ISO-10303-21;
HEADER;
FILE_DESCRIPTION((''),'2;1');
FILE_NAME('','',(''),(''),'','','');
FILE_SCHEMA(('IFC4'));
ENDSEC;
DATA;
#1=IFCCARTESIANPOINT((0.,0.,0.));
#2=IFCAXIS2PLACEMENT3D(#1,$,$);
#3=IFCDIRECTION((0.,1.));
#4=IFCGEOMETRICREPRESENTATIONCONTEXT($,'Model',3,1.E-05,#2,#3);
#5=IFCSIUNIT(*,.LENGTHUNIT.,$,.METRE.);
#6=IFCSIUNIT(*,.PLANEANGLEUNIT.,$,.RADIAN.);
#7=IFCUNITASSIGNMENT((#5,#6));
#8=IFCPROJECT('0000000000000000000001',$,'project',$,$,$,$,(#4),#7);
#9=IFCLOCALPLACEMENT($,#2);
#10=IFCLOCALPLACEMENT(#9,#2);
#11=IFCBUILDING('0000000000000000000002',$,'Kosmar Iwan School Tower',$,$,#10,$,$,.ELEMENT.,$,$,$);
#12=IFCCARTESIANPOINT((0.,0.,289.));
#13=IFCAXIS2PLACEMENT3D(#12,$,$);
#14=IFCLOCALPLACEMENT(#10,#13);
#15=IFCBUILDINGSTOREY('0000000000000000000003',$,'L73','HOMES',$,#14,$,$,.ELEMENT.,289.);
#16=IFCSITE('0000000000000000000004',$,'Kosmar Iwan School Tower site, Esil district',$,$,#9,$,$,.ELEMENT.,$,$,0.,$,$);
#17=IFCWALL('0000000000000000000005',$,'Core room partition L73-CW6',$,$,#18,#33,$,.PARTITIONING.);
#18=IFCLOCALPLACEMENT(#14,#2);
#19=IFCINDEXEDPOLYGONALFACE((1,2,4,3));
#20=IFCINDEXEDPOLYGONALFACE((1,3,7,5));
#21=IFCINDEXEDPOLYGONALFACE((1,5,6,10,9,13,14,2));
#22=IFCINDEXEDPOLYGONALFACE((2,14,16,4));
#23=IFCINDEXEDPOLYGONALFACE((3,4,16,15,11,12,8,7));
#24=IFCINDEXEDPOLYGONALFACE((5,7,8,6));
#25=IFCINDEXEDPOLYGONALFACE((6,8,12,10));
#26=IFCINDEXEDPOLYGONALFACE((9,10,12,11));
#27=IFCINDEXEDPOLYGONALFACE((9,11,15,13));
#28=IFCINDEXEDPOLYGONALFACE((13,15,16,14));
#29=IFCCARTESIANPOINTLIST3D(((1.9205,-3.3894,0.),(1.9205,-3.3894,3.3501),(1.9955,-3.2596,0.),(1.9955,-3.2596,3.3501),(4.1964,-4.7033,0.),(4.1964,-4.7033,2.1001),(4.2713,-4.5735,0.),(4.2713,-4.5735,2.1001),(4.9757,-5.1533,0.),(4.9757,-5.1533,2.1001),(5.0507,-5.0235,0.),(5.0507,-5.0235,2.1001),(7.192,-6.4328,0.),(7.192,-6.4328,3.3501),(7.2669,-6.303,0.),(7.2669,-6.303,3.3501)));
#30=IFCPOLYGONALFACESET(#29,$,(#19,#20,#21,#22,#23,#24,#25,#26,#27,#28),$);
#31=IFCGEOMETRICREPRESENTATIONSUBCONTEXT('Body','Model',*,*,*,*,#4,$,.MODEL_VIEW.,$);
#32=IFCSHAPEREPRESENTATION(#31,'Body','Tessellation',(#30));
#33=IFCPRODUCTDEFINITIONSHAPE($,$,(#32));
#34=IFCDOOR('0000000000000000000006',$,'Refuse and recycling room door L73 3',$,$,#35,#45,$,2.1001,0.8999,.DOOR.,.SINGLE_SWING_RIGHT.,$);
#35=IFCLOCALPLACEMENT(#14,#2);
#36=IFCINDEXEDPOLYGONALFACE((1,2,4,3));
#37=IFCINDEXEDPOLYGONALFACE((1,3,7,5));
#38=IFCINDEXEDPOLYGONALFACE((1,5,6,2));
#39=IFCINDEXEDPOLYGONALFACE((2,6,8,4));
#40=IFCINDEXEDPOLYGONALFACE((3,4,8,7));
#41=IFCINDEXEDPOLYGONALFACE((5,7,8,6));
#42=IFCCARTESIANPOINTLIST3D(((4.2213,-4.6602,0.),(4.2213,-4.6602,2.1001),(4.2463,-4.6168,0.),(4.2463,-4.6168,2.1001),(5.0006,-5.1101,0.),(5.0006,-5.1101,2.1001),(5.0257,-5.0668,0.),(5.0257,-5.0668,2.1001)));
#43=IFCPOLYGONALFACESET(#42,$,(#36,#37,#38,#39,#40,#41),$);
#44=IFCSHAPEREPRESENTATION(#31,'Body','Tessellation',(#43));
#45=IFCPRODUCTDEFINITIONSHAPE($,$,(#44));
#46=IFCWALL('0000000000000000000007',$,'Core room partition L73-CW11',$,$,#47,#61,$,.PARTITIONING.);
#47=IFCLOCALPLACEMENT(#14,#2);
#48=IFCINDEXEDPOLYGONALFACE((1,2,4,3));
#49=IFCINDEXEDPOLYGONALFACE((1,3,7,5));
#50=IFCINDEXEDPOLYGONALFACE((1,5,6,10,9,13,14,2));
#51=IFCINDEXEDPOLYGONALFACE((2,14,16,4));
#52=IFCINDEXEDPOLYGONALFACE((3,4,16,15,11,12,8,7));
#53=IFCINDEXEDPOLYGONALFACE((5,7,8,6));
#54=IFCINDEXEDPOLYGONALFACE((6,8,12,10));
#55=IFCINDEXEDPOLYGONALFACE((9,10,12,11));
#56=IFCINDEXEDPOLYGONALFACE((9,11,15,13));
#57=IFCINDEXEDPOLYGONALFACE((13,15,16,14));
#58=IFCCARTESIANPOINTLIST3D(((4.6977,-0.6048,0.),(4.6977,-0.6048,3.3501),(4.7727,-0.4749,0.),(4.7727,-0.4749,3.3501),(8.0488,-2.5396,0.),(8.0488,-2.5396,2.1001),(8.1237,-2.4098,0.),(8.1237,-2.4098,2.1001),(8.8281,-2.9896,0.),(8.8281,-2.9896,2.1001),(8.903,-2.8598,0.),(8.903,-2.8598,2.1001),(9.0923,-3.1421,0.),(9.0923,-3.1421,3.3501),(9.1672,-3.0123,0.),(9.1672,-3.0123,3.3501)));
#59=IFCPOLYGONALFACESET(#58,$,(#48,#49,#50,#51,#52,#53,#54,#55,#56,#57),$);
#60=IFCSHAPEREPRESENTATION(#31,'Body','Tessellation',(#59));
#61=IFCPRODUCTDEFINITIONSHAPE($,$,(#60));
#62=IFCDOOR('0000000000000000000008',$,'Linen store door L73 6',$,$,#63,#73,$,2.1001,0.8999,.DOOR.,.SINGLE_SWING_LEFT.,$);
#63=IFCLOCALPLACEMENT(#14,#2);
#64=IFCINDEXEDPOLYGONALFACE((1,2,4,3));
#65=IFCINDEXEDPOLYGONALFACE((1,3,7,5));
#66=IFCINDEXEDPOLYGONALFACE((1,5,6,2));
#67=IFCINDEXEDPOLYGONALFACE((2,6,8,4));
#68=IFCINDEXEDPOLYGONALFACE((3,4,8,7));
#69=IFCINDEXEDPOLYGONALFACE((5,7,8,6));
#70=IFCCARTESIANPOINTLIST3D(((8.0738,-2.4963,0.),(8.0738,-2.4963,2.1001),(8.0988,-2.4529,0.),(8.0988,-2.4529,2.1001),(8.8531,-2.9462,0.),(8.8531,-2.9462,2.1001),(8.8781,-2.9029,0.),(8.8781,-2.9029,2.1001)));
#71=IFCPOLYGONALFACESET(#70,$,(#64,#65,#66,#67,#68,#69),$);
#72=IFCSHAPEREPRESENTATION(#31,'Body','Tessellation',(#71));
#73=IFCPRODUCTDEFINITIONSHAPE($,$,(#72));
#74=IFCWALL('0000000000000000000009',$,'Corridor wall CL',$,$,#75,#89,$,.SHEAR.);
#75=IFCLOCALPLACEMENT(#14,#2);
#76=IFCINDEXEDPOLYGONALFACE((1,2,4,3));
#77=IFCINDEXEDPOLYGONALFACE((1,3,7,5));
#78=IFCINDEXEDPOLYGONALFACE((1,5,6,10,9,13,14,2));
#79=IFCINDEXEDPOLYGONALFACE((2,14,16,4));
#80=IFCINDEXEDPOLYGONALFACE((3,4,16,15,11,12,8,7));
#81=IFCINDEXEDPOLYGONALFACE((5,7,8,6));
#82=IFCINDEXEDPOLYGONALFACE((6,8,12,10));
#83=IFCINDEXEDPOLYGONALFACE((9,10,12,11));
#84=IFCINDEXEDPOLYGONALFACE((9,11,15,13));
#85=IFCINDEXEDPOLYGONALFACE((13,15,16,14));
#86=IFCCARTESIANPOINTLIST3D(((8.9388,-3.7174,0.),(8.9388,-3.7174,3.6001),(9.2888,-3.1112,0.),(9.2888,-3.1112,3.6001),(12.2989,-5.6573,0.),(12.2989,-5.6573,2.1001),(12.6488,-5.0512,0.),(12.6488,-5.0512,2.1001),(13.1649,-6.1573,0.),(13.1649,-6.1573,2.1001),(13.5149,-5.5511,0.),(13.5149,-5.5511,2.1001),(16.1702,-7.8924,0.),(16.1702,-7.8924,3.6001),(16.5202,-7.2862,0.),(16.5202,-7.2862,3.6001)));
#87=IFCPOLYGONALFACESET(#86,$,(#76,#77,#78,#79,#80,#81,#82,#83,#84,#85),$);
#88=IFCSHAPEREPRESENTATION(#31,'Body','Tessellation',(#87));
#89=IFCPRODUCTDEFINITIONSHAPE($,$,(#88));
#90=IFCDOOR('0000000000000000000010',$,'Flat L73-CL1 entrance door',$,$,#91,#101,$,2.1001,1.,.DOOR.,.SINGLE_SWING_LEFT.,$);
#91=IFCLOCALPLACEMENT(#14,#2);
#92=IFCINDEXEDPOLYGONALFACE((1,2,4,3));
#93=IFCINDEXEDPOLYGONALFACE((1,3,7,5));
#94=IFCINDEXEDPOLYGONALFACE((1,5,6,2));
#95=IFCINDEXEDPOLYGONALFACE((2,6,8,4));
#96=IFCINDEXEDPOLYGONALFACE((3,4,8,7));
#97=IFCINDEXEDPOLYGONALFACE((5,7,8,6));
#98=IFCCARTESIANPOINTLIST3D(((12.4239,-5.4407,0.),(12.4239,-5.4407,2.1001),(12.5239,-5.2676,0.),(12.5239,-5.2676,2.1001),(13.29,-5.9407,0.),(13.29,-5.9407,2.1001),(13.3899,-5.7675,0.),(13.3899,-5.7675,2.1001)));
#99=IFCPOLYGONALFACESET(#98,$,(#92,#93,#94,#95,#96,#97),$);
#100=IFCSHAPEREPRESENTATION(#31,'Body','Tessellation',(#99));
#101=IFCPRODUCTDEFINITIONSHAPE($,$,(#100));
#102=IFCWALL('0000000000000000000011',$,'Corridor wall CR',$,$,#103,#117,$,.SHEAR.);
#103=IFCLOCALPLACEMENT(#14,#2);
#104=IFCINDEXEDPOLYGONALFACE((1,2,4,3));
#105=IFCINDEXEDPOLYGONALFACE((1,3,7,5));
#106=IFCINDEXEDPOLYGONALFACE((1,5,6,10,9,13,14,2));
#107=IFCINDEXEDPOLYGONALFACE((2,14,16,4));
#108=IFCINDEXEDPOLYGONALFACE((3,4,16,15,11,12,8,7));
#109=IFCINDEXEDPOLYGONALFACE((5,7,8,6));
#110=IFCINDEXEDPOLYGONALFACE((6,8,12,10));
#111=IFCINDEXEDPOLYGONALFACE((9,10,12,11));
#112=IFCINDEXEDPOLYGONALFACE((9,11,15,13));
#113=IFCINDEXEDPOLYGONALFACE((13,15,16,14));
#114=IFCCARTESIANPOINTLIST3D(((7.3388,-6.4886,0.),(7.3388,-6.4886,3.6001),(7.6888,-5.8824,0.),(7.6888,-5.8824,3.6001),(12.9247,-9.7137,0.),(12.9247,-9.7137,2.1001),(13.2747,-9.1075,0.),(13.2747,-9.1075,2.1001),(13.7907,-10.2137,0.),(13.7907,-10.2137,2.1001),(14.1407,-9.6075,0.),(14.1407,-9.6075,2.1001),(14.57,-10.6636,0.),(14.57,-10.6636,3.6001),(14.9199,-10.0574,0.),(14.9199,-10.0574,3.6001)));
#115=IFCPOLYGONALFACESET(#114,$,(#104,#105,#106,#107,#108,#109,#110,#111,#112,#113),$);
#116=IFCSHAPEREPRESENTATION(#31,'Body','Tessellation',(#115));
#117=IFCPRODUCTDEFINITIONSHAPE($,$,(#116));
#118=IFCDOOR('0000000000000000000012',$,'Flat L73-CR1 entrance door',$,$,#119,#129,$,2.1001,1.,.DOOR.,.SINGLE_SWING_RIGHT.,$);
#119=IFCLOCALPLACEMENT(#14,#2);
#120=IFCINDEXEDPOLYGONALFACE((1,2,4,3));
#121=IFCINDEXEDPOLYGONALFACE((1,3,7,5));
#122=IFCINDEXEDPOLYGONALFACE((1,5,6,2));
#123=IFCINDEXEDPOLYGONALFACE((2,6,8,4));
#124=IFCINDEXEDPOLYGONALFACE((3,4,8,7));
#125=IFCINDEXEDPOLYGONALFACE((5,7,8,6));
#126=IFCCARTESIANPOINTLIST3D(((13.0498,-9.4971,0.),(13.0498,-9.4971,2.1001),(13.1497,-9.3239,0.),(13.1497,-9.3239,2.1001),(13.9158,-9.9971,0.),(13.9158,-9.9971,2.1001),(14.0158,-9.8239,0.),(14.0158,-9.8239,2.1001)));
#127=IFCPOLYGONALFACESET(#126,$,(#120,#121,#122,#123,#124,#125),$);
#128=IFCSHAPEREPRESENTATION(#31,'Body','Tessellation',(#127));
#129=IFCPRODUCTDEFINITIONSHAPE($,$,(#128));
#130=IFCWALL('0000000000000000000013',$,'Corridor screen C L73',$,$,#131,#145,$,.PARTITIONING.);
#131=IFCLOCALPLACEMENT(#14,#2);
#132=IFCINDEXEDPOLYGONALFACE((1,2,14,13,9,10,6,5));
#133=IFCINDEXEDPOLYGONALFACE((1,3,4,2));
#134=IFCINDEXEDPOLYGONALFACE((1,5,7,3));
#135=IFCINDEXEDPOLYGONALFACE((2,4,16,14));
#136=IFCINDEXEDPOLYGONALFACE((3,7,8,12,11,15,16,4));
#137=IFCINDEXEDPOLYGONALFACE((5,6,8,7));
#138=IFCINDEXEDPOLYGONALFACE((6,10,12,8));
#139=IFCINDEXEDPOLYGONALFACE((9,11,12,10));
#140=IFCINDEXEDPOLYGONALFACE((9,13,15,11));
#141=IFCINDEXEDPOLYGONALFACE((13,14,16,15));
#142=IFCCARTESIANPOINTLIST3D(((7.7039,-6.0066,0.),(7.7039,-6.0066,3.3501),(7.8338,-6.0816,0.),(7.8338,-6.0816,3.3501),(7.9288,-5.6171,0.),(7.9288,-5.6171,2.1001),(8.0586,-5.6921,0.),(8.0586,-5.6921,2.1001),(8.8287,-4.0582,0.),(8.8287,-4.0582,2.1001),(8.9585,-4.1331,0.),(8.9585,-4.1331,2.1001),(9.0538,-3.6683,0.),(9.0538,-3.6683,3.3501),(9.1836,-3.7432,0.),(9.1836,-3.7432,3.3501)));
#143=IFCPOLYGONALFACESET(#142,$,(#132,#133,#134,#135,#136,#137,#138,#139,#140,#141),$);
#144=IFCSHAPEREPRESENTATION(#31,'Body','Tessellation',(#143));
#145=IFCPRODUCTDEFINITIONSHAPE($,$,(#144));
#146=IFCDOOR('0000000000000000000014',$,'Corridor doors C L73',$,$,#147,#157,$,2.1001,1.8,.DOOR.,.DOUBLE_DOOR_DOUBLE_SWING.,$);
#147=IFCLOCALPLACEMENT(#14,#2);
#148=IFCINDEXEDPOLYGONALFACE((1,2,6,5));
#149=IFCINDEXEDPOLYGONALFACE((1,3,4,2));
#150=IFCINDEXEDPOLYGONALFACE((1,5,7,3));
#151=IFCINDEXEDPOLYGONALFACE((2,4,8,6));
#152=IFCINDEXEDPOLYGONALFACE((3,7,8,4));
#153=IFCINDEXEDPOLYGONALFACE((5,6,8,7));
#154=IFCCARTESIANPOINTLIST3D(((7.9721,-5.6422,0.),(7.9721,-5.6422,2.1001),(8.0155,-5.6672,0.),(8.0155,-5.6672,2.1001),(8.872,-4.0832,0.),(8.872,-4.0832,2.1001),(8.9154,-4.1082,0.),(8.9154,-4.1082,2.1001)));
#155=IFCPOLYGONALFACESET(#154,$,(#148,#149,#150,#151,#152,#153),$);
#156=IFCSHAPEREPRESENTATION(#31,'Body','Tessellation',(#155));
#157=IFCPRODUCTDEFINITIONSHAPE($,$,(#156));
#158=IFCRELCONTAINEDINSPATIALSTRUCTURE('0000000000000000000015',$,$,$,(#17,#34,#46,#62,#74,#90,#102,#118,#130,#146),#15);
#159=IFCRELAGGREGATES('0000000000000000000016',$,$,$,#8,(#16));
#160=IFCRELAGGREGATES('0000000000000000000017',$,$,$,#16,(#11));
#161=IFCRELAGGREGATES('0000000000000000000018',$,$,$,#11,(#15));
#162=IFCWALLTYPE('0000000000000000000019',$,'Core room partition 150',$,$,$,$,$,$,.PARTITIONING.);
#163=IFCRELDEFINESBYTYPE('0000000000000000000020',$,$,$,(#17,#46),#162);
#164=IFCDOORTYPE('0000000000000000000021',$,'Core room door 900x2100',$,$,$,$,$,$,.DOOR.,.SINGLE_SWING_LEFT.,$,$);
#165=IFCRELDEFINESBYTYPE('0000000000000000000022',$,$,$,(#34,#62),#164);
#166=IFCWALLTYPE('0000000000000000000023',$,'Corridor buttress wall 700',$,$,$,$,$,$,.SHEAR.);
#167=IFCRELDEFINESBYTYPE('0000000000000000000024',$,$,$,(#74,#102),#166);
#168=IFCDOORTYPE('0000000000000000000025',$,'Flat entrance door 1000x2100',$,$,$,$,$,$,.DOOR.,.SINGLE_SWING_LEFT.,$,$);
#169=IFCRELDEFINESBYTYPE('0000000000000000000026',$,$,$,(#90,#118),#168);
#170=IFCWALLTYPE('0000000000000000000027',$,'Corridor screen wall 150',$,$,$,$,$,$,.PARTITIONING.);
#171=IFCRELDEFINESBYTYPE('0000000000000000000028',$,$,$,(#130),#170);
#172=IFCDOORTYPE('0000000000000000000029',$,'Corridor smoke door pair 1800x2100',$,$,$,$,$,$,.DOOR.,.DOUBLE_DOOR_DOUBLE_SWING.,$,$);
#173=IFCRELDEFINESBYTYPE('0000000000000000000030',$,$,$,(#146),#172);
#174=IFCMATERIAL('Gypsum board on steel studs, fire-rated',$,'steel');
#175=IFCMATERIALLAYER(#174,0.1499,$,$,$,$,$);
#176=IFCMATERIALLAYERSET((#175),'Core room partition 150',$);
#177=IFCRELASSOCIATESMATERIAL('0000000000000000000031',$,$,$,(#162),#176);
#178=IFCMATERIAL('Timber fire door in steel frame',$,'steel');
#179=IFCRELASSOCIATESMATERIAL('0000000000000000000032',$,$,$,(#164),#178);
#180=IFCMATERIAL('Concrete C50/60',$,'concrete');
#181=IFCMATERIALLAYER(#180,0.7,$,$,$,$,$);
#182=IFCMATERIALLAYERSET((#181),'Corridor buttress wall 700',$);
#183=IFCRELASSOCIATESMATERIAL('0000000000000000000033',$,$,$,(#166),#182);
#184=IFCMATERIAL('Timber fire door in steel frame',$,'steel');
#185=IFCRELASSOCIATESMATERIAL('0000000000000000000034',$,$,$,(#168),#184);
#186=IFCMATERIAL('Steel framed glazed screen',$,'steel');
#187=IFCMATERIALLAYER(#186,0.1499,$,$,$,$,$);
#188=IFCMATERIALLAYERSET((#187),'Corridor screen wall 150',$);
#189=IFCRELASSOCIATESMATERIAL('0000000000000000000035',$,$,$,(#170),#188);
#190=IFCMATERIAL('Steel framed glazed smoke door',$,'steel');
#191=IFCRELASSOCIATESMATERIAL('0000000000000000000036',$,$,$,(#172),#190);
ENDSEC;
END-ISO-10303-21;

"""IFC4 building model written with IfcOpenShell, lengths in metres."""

from ifc_helpers import new_model, si_unit, direction, frame, frame_2d, origin, place, context, subcontext, project, spatial, rectangle, extrude, material, layer, layer_set, type_object, element, fill, save


model = new_model("IFC4")

# Units and contexts
model_context = context("Model", 3, precision=1e-05, world=origin(), true_north=direction((0.0, 1.0)))
body_context = subcontext(model_context, "Body", "Model", "MODEL_VIEW")
ifc_project = project(units=[si_unit("LENGTHUNIT", "METRE"), si_unit("PLANEANGLEUNIT", "RADIAN")], contexts=[model_context])

# Site, building, storey
site_placement = place(None, origin())
site = spatial("IfcSite", under=ifc_project, at=site_placement, Name="Kosmar Iwan School Tower site, Esil district", CompositionType="ELEMENT", RefElevation=0.0)
building_placement = place(site_placement, origin())
building = spatial("IfcBuilding", under=site, at=building_placement, Name="Kosmar Iwan School Tower", CompositionType="ELEMENT")
storey_placement = place(building_placement, frame((0.0, 0.0, 289.0)))
storey = spatial("IfcBuildingStorey", under=building, at=storey_placement, Name="L73", Description="HOMES", CompositionType="ELEMENT", Elevation=289.0)

# Walls, openings, doors
ifc_material_1 = material(Name="Gypsum board on steel studs, fire-rated", Category="steel")
ifc_layer_1 = layer(ifc_material_1, 0.1499)
ifc_layer_set_1 = layer_set([ifc_layer_1], Name="Core room partition 150")
wall_type_1 = type_object("IfcWallType", Name="Core room partition 150", PredefinedType="PARTITIONING", material=ifc_layer_set_1)
wall_1_placement = place(storey_placement, frame((1.958, -3.3245, 0.0), z_axis=(0.0, 0.0, 1.0), x_axis=(0.866028, -0.499996, 0.0)))
wall_1 = element("IfcWall", 1, at=wall_1_placement, inside=storey, type_object=wall_type_1, Name="Core room partition L73-CW6", PredefinedType="PARTITIONING", context=body_context, shape_type="SweptSolid", body=[
    extrude(rectangle(XDim=6.0869, YDim=0.1499, at=frame_2d((3.0435, 0.0))), origin(), (0.0, 0.0, 1.0), 3.3501),
])
opening_1_placement = place(wall_1_placement, frame((2.6279, 0.0, 0.0)))
opening_1 = element("IfcOpeningElement", 2, at=opening_1_placement, cuts=wall_1, PredefinedType="OPENING", context=body_context, shape_type="SweptSolid", body=[
    extrude(rectangle(XDim=0.8999, YDim=2.1001, at=frame_2d((0.45, 1.05))), frame((0.0, 0.0869, 0.0), z_axis=(0.0, -1.0, 0.0), x_axis=(1.0, 0.0, 0.0)), (0.0, 0.0, 1.0), 0.1738),
])
ifc_material_2 = material(Name="Timber fire door in steel frame", Category="steel")
door_type_1 = type_object("IfcDoorType", Name="Core room door 900x2100", OperationType="SINGLE_SWING_LEFT", PredefinedType="DOOR", material=ifc_material_2)
door_1_placement = place(opening_1_placement, origin())
door_1 = element("IfcDoor", 3, at=door_1_placement, inside=storey, type_object=door_type_1, Name="Refuse and recycling room door L73 3", OperationType="SINGLE_SWING_RIGHT", OverallHeight=2.1001, OverallWidth=0.8999, PredefinedType="DOOR", context=body_context, shape_type="SweptSolid", body=[
    extrude(rectangle(XDim=0.8999, YDim=2.1001, at=frame_2d((0.45, 1.05))), frame((0.0, 0.0249, 0.0), z_axis=(0.0, -1.0, 0.0), x_axis=(1.0, 0.0, 0.0)), (0.0, 0.0, 1.0), 0.05),
])
fill(opening_1, door_1)
wall_2_placement = place(storey_placement, frame((9.1296, -3.0771, 0.0), z_axis=(0.0, 0.0, 1.0), x_axis=(-0.866011, 0.500025, 0.0)))
wall_2 = element("IfcWall", 4, at=wall_2_placement, inside=storey, type_object=wall_type_1, Name="Core room partition L73-CW11", PredefinedType="PARTITIONING", context=body_context, shape_type="SweptSolid", body=[
    extrude(rectangle(XDim=5.0745, YDim=0.1499, at=frame_2d((2.5371, 0.0))), origin(), (0.0, 0.0, 1.0), 3.3501),
])
opening_2_placement = place(wall_2_placement, frame((0.3049, 0.0, 0.0)))
opening_2 = element("IfcOpeningElement", 5, at=opening_2_placement, cuts=wall_2, PredefinedType="OPENING", context=body_context, shape_type="SweptSolid", body=[
    extrude(rectangle(XDim=0.8999, YDim=2.1001, at=frame_2d((0.45, 1.05))), frame((0.0, 0.0869, 0.0), z_axis=(0.0, -1.0, 0.0), x_axis=(1.0, 0.0, 0.0)), (0.0, 0.0, 1.0), 0.1738),
])
door_2_placement = place(opening_2_placement, origin())
door_2 = element("IfcDoor", 6, at=door_2_placement, inside=storey, type_object=door_type_1, Name="Linen store door L73 6", OperationType="SINGLE_SWING_LEFT", OverallHeight=2.1001, OverallWidth=0.8999, PredefinedType="DOOR", context=body_context, shape_type="SweptSolid", body=[
    extrude(rectangle(XDim=0.8999, YDim=2.1001, at=frame_2d((0.45, 1.05))), frame((0.0, 0.0249, 0.0), z_axis=(0.0, -1.0, 0.0), x_axis=(1.0, 0.0, 0.0)), (0.0, 0.0, 1.0), 0.05),
])
fill(opening_2, door_2)
ifc_material_3 = material(Name="Concrete C50/60", Category="concrete")
ifc_layer_2 = layer(ifc_material_3, 0.7)
ifc_layer_set_2 = layer_set([ifc_layer_2], Name="Corridor buttress wall 700")
wall_type_2 = type_object("IfcWallType", Name="Corridor buttress wall 700", PredefinedType="SHEAR", material=ifc_layer_set_2)
wall_3_placement = place(storey_placement, frame((9.1138, -3.4143, 0.0), z_axis=(0.0, 0.0, 1.0), x_axis=(0.866027, -0.499997, 0.0)))
wall_3 = element("IfcWall", 7, at=wall_3_placement, inside=storey, type_object=wall_type_2, Name="Corridor wall CL", PredefinedType="SHEAR", context=body_context, shape_type="SweptSolid", body=[
    extrude(rectangle(XDim=8.3501, YDim=0.7, at=frame_2d((4.175, 0.0))), origin(), (0.0, 0.0, 1.0), 3.6001),
])
opening_3_placement = place(wall_3_placement, frame((3.8799, 0.0, 0.0)))
opening_3 = element("IfcOpeningElement", 8, at=opening_3_placement, cuts=wall_3, PredefinedType="OPENING", context=body_context, shape_type="SweptSolid", body=[
    extrude(rectangle(XDim=1.0, YDim=2.1001, at=frame_2d((0.5, 1.05))), frame((0.0, 0.3621, 0.0), z_axis=(0.0, -1.0, 0.0), x_axis=(1.0, 0.0, 0.0)), (0.0, 0.0, 1.0), 0.7239),
])
ifc_material_4 = material(Name="Timber fire door in steel frame", Category="steel")
door_type_2 = type_object("IfcDoorType", Name="Flat entrance door 1000x2100", OperationType="SINGLE_SWING_LEFT", PredefinedType="DOOR", material=ifc_material_4)
door_3_placement = place(opening_3_placement, origin())
door_3 = element("IfcDoor", 9, at=door_3_placement, inside=storey, type_object=door_type_2, Name="Flat L73-CL1 entrance door", OperationType="SINGLE_SWING_LEFT", OverallHeight=2.1001, OverallWidth=1.0, PredefinedType="DOOR", context=body_context, shape_type="SweptSolid", body=[
    extrude(rectangle(XDim=1.0, YDim=2.1001, at=frame_2d((0.5, 1.05))), frame((0.0, 0.1001, 0.0), z_axis=(0.0, -1.0, 0.0), x_axis=(1.0, 0.0, 0.0)), (0.0, 0.0, 1.0), 0.2),
])
fill(opening_3, door_3)
wall_4_placement = place(storey_placement, frame((7.5139, -6.1855, 0.0), z_axis=(0.0, 0.0, 1.0), x_axis=(0.86602, -0.50001, 0.0)))
wall_4 = element("IfcWall", 10, at=wall_4_placement, inside=storey, type_object=wall_type_2, Name="Corridor wall CR", PredefinedType="SHEAR", context=body_context, shape_type="SweptSolid", body=[
    extrude(rectangle(XDim=8.3499, YDim=0.7, at=frame_2d((4.1748, 0.0))), origin(), (0.0, 0.0, 1.0), 3.6001),
])
opening_4_placement = place(wall_4_placement, frame((6.45, 0.0, 0.0)))
opening_4 = element("IfcOpeningElement", 11, at=opening_4_placement, cuts=wall_4, PredefinedType="OPENING", context=body_context, shape_type="SweptSolid", body=[
    extrude(rectangle(XDim=1.0, YDim=2.1001, at=frame_2d((0.5, 1.05))), frame((0.0, 0.3621, 0.0), z_axis=(0.0, -1.0, 0.0), x_axis=(1.0, 0.0, 0.0)), (0.0, 0.0, 1.0), 0.7239),
])
door_4_placement = place(opening_4_placement, origin())
door_4 = element("IfcDoor", 12, at=door_4_placement, inside=storey, type_object=door_type_2, Name="Flat L73-CR1 entrance door", OperationType="SINGLE_SWING_RIGHT", OverallHeight=2.1001, OverallWidth=1.0, PredefinedType="DOOR", context=body_context, shape_type="SweptSolid", body=[
    extrude(rectangle(XDim=1.0, YDim=2.1001, at=frame_2d((0.5, 1.05))), frame((0.0, 0.1001, 0.0), z_axis=(0.0, -1.0, 0.0), x_axis=(1.0, 0.0, 0.0)), (0.0, 0.0, 1.0), 0.2),
])
fill(opening_4, door_4)
ifc_material_5 = material(Name="Steel framed glazed screen", Category="steel")
ifc_layer_3 = layer(ifc_material_5, 0.1499)
ifc_layer_set_3 = layer_set([ifc_layer_3], Name="Corridor screen wall 150")
wall_type_3 = type_object("IfcWallType", Name="Corridor screen wall 150", PredefinedType="PARTITIONING", material=ifc_layer_set_3)
wall_5_placement = place(storey_placement, frame((7.7688, -6.0442, 0.0), z_axis=(0.0, 0.0, 1.0), x_axis=(0.499942, 0.866059, 0.0)))
wall_5 = element("IfcWall", 13, at=wall_5_placement, inside=storey, type_object=wall_type_3, Name="Corridor screen C L73", PredefinedType="PARTITIONING", context=body_context, shape_type="SweptSolid", body=[
    extrude(rectangle(XDim=2.7, YDim=0.1499, at=frame_2d((1.3501, 0.0))), origin(), (0.0, 0.0, 1.0), 3.3501),
])
opening_5_placement = place(wall_5_placement, frame((0.45, 0.0, 0.0)))
opening_5 = element("IfcOpeningElement", 14, at=opening_5_placement, cuts=wall_5, PredefinedType="OPENING", context=body_context, shape_type="SweptSolid", body=[
    extrude(rectangle(XDim=1.8, YDim=2.1001, at=frame_2d((0.8999, 1.05))), frame((0.0, 0.0869, 0.0), z_axis=(0.0, -1.0, 0.0), x_axis=(1.0, 0.0, 0.0)), (0.0, 0.0, 1.0), 0.1738),
])
ifc_material_6 = material(Name="Steel framed glazed smoke door", Category="steel")
door_type_3 = type_object("IfcDoorType", Name="Corridor smoke door pair 1800x2100", OperationType="DOUBLE_DOOR_DOUBLE_SWING", PredefinedType="DOOR", material=ifc_material_6)
door_5_placement = place(opening_5_placement, origin())
door_5 = element("IfcDoor", 15, at=door_5_placement, inside=storey, type_object=door_type_3, Name="Corridor doors C L73", OperationType="DOUBLE_DOOR_DOUBLE_SWING", OverallHeight=2.1001, OverallWidth=1.8, PredefinedType="DOOR", context=body_context, shape_type="SweptSolid", body=[
    extrude(rectangle(XDim=1.8, YDim=2.1001, at=frame_2d((0.8999, 1.05))), frame((0.0, 0.0249, 0.0), z_axis=(0.0, -1.0, 0.0), x_axis=(1.0, 0.0, 0.0)), (0.0, 0.0, 1.0), 0.05),
])
fill(opening_5, door_5)

save(model, "model.ifc")
